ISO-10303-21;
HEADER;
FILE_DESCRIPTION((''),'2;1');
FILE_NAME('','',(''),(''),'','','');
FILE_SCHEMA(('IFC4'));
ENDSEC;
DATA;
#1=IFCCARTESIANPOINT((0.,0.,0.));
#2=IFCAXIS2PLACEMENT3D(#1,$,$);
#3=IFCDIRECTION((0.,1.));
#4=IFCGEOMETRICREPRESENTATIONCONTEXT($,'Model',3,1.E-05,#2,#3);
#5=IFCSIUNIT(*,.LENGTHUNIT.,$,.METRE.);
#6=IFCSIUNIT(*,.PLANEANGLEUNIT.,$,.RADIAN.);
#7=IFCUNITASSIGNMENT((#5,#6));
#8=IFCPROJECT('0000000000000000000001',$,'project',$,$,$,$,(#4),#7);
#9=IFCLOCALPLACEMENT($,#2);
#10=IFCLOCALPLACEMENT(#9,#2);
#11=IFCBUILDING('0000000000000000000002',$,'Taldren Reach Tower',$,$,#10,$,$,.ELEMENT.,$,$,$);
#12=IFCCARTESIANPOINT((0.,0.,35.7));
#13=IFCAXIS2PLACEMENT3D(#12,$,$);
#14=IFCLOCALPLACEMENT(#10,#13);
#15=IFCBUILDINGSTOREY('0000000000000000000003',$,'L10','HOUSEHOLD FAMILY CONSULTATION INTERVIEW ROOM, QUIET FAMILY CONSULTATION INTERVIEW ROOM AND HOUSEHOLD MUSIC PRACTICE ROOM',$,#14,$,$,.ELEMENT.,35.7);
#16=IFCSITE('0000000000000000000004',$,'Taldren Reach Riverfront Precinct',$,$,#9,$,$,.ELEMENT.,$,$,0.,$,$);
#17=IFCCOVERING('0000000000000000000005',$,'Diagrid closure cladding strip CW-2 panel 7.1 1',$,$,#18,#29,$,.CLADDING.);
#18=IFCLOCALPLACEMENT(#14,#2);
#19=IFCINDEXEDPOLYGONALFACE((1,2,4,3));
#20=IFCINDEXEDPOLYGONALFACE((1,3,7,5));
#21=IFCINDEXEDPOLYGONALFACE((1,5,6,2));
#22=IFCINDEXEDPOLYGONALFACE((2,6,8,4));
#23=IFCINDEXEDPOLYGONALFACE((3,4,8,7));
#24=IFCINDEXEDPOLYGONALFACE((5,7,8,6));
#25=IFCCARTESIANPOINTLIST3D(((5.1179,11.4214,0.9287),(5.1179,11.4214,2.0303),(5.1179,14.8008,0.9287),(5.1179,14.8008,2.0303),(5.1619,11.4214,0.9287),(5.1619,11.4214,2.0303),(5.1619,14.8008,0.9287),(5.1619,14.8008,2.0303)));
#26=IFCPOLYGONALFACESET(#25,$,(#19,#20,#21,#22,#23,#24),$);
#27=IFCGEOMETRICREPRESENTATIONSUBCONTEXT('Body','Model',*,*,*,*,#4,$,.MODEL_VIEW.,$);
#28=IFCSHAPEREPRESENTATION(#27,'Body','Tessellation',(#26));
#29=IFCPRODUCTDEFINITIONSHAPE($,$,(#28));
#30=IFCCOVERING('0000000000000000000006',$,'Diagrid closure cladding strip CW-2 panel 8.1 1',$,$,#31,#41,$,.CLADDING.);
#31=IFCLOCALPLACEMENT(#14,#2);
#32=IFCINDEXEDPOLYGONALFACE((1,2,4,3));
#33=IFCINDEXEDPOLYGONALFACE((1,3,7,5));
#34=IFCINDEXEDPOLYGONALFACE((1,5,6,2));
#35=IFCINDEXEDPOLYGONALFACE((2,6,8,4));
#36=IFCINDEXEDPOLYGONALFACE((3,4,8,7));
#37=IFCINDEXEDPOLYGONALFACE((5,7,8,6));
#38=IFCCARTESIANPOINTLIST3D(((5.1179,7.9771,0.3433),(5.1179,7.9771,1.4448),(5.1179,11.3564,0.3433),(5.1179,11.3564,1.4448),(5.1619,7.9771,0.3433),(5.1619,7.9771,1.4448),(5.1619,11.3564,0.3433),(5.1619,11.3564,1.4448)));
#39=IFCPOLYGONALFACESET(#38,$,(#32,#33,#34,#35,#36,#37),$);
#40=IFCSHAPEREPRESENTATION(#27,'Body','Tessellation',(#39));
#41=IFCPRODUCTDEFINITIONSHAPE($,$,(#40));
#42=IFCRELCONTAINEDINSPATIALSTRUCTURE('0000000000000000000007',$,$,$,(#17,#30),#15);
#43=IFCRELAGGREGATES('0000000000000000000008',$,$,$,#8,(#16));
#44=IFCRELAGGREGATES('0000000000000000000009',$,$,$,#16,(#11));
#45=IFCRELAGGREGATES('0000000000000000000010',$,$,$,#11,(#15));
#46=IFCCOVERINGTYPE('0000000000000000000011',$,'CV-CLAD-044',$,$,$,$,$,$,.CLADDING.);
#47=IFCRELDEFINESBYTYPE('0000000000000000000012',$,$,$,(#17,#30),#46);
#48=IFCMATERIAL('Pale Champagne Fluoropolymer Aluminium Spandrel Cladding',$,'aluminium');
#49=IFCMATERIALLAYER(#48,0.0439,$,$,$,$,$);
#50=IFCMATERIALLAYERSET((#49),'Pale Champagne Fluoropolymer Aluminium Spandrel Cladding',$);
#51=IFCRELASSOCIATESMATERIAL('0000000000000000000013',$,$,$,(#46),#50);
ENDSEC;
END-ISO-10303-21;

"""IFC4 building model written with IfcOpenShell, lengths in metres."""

from ifc_helpers import new_model, si_unit, direction, frame, origin, origin_2d, place, context, subcontext, project, spatial, rectangle, extrude, source, transform, mapped, material, layer, layer_set, type_object, element, save


model = new_model("IFC4")

# Units and contexts
model_context = context("Model", 3, precision=1e-05, world=origin(), true_north=direction((0.0, 1.0)))
body_context = subcontext(model_context, "Body", "Model", "MODEL_VIEW")
ifc_project = project(units=[si_unit("LENGTHUNIT", "METRE"), si_unit("PLANEANGLEUNIT", "RADIAN")], contexts=[model_context])

# Site, building, storey
site_placement = place(None, origin())
site = spatial("IfcSite", under=ifc_project, at=site_placement, Name="Taldren Reach Riverfront Precinct", CompositionType="ELEMENT", RefElevation=0.0)
building_placement = place(site_placement, origin())
building = spatial("IfcBuilding", under=site, at=building_placement, Name="Taldren Reach Tower", CompositionType="ELEMENT")
storey_placement = place(building_placement, frame((0.0, 0.0, 35.7)))
storey = spatial("IfcBuildingStorey", under=building, at=storey_placement, Name="L10", Description="HOUSEHOLD FAMILY CONSULTATION INTERVIEW ROOM, QUIET FAMILY CONSULTATION INTERVIEW ROOM AND HOUSEHOLD MUSIC PRACTICE ROOM", CompositionType="ELEMENT", Elevation=35.7)

# Coverings
ifc_material_1 = material(Name="Pale Champagne Fluoropolymer Aluminium Spandrel Cladding", Category="aluminium")
ifc_layer_1 = layer(ifc_material_1, 0.0439)
ifc_layer_set_1 = layer_set([ifc_layer_1], Name="Pale Champagne Fluoropolymer Aluminium Spandrel Cladding")
covering_type = type_object("IfcCoveringType", Name="CV-CLAD-044", PredefinedType="CLADDING", material=ifc_layer_set_1)
shared_shape_1 = source(origin(), body_context, "Body", "SweptSolid", [
    extrude(rectangle(XDim=3.3794, YDim=0.0439, at=origin_2d()), origin(), (0.0, 0.0, 1.0), 1.1016),
])
for number, where, z_axis, x_axis, name in (
    (1, (5.1399, 13.1111, 0.9287), (0.0, 0.0, 1.0), (0.0, -1.0, 0.0), "Diagrid closure cladding strip CW-2 panel 7.1 1"),
    (2, (5.1399, 9.6667, 0.3433), (0.0, 0.0, 1.0), (0.0, -1.0, 0.0), "Diagrid closure cladding strip CW-2 panel 8.1 1"),
):
    element("IfcCovering", number, at=place(storey_placement, frame(where, z_axis=z_axis, x_axis=x_axis)), inside=storey, type_object=covering_type, Name=name, PredefinedType="CLADDING", context=body_context, shape_type="MappedRepresentation", body=[
        mapped(shared_shape_1, transform((0.0, 0.0, 0.0), scale=1.0)),
    ])

save(model, "model.ifc")
